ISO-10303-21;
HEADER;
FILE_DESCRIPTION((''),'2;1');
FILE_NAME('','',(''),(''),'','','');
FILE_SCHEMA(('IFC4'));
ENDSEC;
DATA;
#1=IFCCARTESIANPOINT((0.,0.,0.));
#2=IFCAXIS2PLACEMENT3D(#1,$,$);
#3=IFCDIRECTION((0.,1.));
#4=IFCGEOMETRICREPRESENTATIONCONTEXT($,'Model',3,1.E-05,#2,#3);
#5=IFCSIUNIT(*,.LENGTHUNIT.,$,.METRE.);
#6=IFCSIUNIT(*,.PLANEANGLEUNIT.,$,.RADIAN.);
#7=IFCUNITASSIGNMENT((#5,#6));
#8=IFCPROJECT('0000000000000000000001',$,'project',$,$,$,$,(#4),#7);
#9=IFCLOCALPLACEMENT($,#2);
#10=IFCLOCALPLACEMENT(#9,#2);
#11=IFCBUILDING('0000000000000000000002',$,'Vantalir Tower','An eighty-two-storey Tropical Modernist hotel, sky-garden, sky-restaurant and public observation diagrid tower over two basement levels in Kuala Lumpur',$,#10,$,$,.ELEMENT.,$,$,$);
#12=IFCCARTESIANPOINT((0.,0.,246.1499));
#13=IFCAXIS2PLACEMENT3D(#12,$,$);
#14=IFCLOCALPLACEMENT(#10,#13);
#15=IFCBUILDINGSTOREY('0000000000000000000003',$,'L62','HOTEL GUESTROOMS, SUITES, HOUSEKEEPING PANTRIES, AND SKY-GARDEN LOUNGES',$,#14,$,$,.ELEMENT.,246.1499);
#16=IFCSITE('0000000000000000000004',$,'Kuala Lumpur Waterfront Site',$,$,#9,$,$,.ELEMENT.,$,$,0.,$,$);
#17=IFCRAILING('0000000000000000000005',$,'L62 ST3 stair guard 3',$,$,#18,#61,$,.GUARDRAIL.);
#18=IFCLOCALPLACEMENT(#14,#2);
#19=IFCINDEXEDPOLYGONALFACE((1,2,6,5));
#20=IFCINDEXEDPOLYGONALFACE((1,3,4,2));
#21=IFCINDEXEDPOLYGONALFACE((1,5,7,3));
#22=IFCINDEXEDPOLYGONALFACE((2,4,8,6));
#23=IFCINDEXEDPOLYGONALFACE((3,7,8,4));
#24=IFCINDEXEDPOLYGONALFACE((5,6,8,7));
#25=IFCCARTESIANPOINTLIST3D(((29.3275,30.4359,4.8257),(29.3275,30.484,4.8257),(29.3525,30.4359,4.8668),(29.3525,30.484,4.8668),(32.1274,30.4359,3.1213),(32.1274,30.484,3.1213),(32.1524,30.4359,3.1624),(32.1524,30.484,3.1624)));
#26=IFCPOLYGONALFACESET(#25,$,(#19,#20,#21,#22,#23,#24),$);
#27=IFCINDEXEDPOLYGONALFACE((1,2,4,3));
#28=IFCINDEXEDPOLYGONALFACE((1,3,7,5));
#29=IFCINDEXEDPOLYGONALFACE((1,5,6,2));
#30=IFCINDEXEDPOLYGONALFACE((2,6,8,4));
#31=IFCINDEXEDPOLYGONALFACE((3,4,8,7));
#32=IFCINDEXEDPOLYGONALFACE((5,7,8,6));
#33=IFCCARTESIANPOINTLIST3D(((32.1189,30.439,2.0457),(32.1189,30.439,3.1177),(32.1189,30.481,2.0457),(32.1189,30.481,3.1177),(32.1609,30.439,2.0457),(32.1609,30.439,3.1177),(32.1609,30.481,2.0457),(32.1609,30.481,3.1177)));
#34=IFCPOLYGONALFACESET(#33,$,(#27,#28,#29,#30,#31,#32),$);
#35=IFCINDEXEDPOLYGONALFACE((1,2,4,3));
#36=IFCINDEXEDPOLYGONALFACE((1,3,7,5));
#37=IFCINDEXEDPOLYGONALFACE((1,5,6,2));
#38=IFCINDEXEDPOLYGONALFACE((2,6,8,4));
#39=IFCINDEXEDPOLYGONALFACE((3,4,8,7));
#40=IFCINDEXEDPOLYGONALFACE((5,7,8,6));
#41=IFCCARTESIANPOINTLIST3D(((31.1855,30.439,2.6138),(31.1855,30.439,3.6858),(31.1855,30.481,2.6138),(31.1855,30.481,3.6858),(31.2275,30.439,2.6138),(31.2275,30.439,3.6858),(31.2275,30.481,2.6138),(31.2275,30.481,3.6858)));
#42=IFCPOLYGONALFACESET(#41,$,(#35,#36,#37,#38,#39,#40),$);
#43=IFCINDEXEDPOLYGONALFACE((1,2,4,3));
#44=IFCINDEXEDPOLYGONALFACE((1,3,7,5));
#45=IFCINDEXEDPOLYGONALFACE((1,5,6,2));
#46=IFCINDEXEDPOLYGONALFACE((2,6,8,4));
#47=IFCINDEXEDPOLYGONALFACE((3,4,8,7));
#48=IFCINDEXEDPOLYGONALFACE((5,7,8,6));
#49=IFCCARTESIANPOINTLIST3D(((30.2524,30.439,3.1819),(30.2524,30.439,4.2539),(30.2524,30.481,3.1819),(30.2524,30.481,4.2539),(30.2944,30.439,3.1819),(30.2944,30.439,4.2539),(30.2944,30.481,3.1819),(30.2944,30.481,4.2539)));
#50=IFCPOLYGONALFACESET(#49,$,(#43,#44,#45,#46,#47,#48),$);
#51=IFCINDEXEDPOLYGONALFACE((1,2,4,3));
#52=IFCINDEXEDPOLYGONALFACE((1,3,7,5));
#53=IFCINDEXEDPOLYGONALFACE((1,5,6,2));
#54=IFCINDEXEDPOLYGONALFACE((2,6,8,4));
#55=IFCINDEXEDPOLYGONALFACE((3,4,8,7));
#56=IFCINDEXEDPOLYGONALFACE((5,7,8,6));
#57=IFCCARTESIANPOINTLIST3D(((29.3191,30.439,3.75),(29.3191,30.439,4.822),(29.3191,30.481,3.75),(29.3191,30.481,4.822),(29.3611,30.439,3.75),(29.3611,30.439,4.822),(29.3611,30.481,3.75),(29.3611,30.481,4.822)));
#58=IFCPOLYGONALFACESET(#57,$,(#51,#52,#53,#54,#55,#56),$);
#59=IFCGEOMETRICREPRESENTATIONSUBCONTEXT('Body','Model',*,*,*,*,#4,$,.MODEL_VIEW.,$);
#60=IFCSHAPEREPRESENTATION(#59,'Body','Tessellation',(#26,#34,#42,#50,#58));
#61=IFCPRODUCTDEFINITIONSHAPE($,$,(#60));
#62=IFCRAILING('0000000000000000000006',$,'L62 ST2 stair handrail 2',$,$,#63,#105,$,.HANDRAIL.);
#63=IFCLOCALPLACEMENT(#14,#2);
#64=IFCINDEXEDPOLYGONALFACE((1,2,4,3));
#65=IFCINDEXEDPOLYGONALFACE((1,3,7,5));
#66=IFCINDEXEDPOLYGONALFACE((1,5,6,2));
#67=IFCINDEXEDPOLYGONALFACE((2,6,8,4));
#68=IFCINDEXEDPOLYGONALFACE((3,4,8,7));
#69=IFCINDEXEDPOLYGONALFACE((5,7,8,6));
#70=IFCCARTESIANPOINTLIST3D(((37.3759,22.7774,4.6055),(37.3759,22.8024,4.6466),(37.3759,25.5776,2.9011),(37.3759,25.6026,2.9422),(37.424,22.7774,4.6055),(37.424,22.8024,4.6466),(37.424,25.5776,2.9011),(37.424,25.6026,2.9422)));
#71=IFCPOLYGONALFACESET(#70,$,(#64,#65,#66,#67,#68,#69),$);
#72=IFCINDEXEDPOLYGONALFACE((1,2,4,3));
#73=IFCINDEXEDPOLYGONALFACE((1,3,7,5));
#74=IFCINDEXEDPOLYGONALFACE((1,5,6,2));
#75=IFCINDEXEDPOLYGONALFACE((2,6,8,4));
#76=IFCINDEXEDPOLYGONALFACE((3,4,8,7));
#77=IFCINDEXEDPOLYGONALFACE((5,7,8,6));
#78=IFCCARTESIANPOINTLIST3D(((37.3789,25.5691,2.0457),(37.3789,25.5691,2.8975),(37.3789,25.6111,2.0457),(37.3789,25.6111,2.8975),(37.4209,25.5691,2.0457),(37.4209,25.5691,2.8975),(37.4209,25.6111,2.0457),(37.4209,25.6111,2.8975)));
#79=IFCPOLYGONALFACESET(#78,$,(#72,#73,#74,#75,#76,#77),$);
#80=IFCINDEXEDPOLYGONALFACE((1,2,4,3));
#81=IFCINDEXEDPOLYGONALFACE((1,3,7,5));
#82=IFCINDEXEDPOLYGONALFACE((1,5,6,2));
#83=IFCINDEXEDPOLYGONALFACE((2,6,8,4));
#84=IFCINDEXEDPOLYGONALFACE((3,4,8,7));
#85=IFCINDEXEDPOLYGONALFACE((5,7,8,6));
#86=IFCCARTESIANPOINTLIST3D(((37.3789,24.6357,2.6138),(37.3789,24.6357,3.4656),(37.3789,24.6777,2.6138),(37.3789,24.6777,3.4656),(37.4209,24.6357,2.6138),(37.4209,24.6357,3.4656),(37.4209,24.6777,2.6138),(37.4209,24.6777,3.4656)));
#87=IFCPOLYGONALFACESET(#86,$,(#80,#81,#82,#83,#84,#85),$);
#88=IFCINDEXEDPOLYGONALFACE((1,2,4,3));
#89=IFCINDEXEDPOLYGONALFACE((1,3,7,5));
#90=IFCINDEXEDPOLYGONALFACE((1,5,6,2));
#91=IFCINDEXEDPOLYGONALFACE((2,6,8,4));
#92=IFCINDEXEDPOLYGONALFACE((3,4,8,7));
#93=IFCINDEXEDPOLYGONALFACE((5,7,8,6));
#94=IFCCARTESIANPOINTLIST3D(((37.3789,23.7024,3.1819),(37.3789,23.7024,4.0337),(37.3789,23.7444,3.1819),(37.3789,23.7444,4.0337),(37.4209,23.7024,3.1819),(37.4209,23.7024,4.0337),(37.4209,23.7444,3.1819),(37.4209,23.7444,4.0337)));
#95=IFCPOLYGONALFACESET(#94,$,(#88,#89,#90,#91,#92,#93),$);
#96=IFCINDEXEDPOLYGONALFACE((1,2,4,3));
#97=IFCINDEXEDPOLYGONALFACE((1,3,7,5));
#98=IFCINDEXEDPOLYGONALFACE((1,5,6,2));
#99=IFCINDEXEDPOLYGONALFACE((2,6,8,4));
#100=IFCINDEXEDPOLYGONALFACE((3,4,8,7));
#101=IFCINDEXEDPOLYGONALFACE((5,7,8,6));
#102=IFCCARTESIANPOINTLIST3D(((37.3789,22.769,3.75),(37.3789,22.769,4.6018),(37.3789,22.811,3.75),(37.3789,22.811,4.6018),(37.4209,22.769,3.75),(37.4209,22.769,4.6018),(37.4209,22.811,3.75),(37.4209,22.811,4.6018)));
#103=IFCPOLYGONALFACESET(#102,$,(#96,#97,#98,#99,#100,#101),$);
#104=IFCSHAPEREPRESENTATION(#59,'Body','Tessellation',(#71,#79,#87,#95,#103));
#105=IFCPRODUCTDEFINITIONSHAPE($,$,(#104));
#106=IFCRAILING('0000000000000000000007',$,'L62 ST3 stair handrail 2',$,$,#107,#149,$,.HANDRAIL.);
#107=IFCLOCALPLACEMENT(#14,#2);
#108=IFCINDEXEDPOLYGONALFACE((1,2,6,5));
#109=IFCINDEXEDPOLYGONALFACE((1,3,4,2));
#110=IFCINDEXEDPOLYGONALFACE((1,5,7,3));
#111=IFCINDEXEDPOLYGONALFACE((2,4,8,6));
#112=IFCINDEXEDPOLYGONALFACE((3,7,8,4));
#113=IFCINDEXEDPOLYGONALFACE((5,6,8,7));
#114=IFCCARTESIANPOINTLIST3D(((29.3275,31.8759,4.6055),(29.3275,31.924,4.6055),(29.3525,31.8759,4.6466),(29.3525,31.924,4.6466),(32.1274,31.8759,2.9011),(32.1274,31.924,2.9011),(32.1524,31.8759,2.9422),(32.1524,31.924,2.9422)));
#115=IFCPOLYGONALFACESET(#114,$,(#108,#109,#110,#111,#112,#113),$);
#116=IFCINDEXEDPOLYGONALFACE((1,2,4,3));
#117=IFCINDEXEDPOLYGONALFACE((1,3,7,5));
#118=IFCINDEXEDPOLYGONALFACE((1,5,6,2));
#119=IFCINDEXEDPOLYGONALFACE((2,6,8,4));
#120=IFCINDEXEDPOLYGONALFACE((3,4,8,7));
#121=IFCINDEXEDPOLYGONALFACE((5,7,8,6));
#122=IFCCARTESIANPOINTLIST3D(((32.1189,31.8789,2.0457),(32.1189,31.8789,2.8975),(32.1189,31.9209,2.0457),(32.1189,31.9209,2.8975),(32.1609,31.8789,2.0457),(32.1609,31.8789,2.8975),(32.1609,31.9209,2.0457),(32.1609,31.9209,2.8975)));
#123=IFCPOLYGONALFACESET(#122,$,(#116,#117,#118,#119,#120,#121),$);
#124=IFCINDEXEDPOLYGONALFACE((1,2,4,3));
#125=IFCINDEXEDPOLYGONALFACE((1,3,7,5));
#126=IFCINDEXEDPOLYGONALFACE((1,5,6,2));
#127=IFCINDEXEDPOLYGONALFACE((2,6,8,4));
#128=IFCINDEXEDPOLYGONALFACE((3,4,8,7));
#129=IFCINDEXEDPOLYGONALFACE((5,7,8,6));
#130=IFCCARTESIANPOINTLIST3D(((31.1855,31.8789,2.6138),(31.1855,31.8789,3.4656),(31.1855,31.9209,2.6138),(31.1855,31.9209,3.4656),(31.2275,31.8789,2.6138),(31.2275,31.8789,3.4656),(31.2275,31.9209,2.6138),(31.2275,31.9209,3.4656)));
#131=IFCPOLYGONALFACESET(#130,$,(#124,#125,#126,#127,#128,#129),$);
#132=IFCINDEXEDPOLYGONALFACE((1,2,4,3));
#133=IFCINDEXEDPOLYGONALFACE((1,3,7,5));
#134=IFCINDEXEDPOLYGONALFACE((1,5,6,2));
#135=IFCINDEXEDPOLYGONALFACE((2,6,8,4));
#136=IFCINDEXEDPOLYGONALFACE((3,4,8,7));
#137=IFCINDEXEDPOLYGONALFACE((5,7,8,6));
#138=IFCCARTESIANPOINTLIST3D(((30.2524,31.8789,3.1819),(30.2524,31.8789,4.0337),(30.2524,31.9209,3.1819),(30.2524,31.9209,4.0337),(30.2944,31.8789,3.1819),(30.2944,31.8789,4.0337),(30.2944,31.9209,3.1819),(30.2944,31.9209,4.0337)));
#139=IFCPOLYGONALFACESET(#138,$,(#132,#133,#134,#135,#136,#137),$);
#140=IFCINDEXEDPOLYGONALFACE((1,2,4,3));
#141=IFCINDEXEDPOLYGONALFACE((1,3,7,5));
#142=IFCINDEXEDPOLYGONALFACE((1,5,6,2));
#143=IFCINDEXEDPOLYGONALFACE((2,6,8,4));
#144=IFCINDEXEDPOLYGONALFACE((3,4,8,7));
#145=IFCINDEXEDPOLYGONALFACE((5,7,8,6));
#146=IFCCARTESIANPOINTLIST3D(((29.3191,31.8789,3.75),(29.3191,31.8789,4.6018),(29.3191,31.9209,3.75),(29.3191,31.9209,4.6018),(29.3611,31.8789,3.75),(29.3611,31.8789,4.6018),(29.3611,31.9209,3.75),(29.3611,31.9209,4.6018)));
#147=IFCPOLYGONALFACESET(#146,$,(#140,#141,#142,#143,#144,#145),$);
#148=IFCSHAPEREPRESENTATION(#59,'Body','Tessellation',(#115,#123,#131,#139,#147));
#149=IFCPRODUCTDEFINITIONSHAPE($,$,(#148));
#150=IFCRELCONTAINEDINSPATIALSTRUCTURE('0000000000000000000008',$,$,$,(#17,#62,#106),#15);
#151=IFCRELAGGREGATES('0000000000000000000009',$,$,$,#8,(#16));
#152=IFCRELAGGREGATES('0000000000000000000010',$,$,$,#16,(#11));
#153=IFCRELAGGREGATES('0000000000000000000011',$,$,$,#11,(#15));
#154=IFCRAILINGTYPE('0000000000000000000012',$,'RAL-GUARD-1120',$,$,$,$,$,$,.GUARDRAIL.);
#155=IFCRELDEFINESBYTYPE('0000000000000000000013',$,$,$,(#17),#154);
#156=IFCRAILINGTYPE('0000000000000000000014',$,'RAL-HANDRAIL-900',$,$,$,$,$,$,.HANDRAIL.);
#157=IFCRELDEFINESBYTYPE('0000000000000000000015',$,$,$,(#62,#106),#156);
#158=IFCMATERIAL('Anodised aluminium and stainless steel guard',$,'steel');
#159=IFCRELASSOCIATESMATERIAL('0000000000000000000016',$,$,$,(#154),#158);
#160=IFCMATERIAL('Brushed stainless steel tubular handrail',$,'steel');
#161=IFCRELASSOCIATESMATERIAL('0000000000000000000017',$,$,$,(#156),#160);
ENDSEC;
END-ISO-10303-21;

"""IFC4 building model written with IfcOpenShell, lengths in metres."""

from ifc_helpers import new_model, si_unit, direction, frame, origin, origin_2d, place, context, subcontext, project, spatial, rectangle, extrude, material, type_object, element, save


model = new_model("IFC4")

# Units and contexts
model_context = context("Model", 3, precision=1e-05, world=origin(), true_north=direction((0.0, 1.0)))
body_context = subcontext(model_context, "Body", "Model", "MODEL_VIEW")
ifc_project = project(units=[si_unit("LENGTHUNIT", "METRE"), si_unit("PLANEANGLEUNIT", "RADIAN")], contexts=[model_context])

# Site, building, storey
site_placement = place(None, origin())
site = spatial("IfcSite", under=ifc_project, at=site_placement, Name="Kuala Lumpur Waterfront Site", CompositionType="ELEMENT", RefElevation=0.0)
building_placement = place(site_placement, origin())
building = spatial("IfcBuilding", under=site, at=building_placement, Name="Vantalir Tower", Description="An eighty-two-storey Tropical Modernist hotel, sky-garden, sky-restaurant and public observation diagrid tower over two basement levels in Kuala Lumpur", CompositionType="ELEMENT")
storey_placement = place(building_placement, frame((0.0, 0.0, 246.1499)))
storey = spatial("IfcBuildingStorey", under=building, at=storey_placement, Name="L62", Description="HOTEL GUESTROOMS, SUITES, HOUSEKEEPING PANTRIES, AND SKY-GARDEN LOUNGES", CompositionType="ELEMENT", Elevation=246.1499)

# Railings
ifc_material_1 = material(Name="Anodised aluminium and stainless steel guard", Category="steel")
railing_type_1 = type_object("IfcRailingType", Name="RAL-GUARD-1120", PredefinedType="GUARDRAIL", material=ifc_material_1)
railing_1_placement = place(storey_placement, frame((32.1399, 30.46, 2.0457)))
element("IfcRailing", 1, at=railing_1_placement, inside=storey, type_object=railing_type_1, Name="L62 ST3 stair guard 3", PredefinedType="GUARDRAIL", context=body_context, shape_type="SweptSolid", body=[
    extrude(rectangle(XDim=0.0481, YDim=0.0481, at=origin_2d()), frame((0.0, 0.0, 1.0962), z_axis=(-0.854183, 0.0, 0.519973), x_axis=(0.0, -1.0, 0.0)), (0.0, 0.0, 1.0), 3.2778),
    extrude(rectangle(XDim=0.042, YDim=0.042, at=origin_2d()), origin(), (0.0, 0.0, 1.0), 1.072),
    extrude(rectangle(XDim=0.042, YDim=0.042, at=origin_2d()), frame((-0.9333, 0.0, 0.5681)), (0.0, 0.0, 1.0), 1.072),
    extrude(rectangle(XDim=0.042, YDim=0.042, at=origin_2d()), frame((-1.8665, 0.0, 1.1362)), (0.0, 0.0, 1.0), 1.072),
    extrude(rectangle(XDim=0.042, YDim=0.042, at=origin_2d()), frame((-2.7998, 0.0, 1.7043)), (0.0, 0.0, 1.0), 1.072),
])
ifc_material_2 = material(Name="Brushed stainless steel tubular handrail", Category="steel")
railing_type_2 = type_object("IfcRailingType", Name="RAL-HANDRAIL-900", PredefinedType="HANDRAIL", material=ifc_material_2)
railing_2_placement = place(storey_placement, frame((37.3999, 25.5901, 2.0457)))
element("IfcRailing", 2, at=railing_2_placement, inside=storey, type_object=railing_type_2, Name="L62 ST2 stair handrail 2", PredefinedType="HANDRAIL", context=body_context, shape_type="SweptSolid", body=[
    extrude(rectangle(XDim=0.0481, YDim=0.0481, at=origin_2d()), frame((0.0, 0.0, 0.876), z_axis=(0.0, -0.854203, 0.51994), x_axis=(1.0, 0.0, 0.0)), (0.0, 0.0, 1.0), 3.2781),
    extrude(rectangle(XDim=0.042, YDim=0.042, at=origin_2d()), origin(), (0.0, 0.0, 1.0), 0.8518),
    extrude(rectangle(XDim=0.042, YDim=0.042, at=origin_2d()), frame((0.0, -0.9333, 0.5681)), (0.0, 0.0, 1.0), 0.8518),
    extrude(rectangle(XDim=0.042, YDim=0.042, at=origin_2d()), frame((0.0, -1.8667, 1.1362)), (0.0, 0.0, 1.0), 0.8518),
    extrude(rectangle(XDim=0.042, YDim=0.042, at=origin_2d()), frame((0.0, -2.8, 1.7043)), (0.0, 0.0, 1.0), 0.8518),
])
railing_3_placement = place(storey_placement, frame((32.1399, 31.8999, 2.0457)))
element("IfcRailing", 3, at=railing_3_placement, inside=storey, type_object=railing_type_2, Name="L62 ST3 stair handrail 2", PredefinedType="HANDRAIL", context=body_context, shape_type="SweptSolid", body=[
    extrude(rectangle(XDim=0.0481, YDim=0.0481, at=origin_2d()), frame((0.0, 0.0, 0.876), z_axis=(-0.854183, 0.0, 0.519973), x_axis=(0.0, -1.0, 0.0)), (0.0, 0.0, 1.0), 3.2778),
    extrude(rectangle(XDim=0.042, YDim=0.042, at=origin_2d()), origin(), (0.0, 0.0, 1.0), 0.8518),
    extrude(rectangle(XDim=0.042, YDim=0.042, at=origin_2d()), frame((-0.9333, 0.0, 0.5681)), (0.0, 0.0, 1.0), 0.8518),
    extrude(rectangle(XDim=0.042, YDim=0.042, at=origin_2d()), frame((-1.8665, 0.0, 1.1362)), (0.0, 0.0, 1.0), 0.8518),
    extrude(rectangle(XDim=0.042, YDim=0.042, at=origin_2d()), frame((-2.7998, 0.0, 1.7043)), (0.0, 0.0, 1.0), 0.8518),
])

save(model, "model.ifc")
